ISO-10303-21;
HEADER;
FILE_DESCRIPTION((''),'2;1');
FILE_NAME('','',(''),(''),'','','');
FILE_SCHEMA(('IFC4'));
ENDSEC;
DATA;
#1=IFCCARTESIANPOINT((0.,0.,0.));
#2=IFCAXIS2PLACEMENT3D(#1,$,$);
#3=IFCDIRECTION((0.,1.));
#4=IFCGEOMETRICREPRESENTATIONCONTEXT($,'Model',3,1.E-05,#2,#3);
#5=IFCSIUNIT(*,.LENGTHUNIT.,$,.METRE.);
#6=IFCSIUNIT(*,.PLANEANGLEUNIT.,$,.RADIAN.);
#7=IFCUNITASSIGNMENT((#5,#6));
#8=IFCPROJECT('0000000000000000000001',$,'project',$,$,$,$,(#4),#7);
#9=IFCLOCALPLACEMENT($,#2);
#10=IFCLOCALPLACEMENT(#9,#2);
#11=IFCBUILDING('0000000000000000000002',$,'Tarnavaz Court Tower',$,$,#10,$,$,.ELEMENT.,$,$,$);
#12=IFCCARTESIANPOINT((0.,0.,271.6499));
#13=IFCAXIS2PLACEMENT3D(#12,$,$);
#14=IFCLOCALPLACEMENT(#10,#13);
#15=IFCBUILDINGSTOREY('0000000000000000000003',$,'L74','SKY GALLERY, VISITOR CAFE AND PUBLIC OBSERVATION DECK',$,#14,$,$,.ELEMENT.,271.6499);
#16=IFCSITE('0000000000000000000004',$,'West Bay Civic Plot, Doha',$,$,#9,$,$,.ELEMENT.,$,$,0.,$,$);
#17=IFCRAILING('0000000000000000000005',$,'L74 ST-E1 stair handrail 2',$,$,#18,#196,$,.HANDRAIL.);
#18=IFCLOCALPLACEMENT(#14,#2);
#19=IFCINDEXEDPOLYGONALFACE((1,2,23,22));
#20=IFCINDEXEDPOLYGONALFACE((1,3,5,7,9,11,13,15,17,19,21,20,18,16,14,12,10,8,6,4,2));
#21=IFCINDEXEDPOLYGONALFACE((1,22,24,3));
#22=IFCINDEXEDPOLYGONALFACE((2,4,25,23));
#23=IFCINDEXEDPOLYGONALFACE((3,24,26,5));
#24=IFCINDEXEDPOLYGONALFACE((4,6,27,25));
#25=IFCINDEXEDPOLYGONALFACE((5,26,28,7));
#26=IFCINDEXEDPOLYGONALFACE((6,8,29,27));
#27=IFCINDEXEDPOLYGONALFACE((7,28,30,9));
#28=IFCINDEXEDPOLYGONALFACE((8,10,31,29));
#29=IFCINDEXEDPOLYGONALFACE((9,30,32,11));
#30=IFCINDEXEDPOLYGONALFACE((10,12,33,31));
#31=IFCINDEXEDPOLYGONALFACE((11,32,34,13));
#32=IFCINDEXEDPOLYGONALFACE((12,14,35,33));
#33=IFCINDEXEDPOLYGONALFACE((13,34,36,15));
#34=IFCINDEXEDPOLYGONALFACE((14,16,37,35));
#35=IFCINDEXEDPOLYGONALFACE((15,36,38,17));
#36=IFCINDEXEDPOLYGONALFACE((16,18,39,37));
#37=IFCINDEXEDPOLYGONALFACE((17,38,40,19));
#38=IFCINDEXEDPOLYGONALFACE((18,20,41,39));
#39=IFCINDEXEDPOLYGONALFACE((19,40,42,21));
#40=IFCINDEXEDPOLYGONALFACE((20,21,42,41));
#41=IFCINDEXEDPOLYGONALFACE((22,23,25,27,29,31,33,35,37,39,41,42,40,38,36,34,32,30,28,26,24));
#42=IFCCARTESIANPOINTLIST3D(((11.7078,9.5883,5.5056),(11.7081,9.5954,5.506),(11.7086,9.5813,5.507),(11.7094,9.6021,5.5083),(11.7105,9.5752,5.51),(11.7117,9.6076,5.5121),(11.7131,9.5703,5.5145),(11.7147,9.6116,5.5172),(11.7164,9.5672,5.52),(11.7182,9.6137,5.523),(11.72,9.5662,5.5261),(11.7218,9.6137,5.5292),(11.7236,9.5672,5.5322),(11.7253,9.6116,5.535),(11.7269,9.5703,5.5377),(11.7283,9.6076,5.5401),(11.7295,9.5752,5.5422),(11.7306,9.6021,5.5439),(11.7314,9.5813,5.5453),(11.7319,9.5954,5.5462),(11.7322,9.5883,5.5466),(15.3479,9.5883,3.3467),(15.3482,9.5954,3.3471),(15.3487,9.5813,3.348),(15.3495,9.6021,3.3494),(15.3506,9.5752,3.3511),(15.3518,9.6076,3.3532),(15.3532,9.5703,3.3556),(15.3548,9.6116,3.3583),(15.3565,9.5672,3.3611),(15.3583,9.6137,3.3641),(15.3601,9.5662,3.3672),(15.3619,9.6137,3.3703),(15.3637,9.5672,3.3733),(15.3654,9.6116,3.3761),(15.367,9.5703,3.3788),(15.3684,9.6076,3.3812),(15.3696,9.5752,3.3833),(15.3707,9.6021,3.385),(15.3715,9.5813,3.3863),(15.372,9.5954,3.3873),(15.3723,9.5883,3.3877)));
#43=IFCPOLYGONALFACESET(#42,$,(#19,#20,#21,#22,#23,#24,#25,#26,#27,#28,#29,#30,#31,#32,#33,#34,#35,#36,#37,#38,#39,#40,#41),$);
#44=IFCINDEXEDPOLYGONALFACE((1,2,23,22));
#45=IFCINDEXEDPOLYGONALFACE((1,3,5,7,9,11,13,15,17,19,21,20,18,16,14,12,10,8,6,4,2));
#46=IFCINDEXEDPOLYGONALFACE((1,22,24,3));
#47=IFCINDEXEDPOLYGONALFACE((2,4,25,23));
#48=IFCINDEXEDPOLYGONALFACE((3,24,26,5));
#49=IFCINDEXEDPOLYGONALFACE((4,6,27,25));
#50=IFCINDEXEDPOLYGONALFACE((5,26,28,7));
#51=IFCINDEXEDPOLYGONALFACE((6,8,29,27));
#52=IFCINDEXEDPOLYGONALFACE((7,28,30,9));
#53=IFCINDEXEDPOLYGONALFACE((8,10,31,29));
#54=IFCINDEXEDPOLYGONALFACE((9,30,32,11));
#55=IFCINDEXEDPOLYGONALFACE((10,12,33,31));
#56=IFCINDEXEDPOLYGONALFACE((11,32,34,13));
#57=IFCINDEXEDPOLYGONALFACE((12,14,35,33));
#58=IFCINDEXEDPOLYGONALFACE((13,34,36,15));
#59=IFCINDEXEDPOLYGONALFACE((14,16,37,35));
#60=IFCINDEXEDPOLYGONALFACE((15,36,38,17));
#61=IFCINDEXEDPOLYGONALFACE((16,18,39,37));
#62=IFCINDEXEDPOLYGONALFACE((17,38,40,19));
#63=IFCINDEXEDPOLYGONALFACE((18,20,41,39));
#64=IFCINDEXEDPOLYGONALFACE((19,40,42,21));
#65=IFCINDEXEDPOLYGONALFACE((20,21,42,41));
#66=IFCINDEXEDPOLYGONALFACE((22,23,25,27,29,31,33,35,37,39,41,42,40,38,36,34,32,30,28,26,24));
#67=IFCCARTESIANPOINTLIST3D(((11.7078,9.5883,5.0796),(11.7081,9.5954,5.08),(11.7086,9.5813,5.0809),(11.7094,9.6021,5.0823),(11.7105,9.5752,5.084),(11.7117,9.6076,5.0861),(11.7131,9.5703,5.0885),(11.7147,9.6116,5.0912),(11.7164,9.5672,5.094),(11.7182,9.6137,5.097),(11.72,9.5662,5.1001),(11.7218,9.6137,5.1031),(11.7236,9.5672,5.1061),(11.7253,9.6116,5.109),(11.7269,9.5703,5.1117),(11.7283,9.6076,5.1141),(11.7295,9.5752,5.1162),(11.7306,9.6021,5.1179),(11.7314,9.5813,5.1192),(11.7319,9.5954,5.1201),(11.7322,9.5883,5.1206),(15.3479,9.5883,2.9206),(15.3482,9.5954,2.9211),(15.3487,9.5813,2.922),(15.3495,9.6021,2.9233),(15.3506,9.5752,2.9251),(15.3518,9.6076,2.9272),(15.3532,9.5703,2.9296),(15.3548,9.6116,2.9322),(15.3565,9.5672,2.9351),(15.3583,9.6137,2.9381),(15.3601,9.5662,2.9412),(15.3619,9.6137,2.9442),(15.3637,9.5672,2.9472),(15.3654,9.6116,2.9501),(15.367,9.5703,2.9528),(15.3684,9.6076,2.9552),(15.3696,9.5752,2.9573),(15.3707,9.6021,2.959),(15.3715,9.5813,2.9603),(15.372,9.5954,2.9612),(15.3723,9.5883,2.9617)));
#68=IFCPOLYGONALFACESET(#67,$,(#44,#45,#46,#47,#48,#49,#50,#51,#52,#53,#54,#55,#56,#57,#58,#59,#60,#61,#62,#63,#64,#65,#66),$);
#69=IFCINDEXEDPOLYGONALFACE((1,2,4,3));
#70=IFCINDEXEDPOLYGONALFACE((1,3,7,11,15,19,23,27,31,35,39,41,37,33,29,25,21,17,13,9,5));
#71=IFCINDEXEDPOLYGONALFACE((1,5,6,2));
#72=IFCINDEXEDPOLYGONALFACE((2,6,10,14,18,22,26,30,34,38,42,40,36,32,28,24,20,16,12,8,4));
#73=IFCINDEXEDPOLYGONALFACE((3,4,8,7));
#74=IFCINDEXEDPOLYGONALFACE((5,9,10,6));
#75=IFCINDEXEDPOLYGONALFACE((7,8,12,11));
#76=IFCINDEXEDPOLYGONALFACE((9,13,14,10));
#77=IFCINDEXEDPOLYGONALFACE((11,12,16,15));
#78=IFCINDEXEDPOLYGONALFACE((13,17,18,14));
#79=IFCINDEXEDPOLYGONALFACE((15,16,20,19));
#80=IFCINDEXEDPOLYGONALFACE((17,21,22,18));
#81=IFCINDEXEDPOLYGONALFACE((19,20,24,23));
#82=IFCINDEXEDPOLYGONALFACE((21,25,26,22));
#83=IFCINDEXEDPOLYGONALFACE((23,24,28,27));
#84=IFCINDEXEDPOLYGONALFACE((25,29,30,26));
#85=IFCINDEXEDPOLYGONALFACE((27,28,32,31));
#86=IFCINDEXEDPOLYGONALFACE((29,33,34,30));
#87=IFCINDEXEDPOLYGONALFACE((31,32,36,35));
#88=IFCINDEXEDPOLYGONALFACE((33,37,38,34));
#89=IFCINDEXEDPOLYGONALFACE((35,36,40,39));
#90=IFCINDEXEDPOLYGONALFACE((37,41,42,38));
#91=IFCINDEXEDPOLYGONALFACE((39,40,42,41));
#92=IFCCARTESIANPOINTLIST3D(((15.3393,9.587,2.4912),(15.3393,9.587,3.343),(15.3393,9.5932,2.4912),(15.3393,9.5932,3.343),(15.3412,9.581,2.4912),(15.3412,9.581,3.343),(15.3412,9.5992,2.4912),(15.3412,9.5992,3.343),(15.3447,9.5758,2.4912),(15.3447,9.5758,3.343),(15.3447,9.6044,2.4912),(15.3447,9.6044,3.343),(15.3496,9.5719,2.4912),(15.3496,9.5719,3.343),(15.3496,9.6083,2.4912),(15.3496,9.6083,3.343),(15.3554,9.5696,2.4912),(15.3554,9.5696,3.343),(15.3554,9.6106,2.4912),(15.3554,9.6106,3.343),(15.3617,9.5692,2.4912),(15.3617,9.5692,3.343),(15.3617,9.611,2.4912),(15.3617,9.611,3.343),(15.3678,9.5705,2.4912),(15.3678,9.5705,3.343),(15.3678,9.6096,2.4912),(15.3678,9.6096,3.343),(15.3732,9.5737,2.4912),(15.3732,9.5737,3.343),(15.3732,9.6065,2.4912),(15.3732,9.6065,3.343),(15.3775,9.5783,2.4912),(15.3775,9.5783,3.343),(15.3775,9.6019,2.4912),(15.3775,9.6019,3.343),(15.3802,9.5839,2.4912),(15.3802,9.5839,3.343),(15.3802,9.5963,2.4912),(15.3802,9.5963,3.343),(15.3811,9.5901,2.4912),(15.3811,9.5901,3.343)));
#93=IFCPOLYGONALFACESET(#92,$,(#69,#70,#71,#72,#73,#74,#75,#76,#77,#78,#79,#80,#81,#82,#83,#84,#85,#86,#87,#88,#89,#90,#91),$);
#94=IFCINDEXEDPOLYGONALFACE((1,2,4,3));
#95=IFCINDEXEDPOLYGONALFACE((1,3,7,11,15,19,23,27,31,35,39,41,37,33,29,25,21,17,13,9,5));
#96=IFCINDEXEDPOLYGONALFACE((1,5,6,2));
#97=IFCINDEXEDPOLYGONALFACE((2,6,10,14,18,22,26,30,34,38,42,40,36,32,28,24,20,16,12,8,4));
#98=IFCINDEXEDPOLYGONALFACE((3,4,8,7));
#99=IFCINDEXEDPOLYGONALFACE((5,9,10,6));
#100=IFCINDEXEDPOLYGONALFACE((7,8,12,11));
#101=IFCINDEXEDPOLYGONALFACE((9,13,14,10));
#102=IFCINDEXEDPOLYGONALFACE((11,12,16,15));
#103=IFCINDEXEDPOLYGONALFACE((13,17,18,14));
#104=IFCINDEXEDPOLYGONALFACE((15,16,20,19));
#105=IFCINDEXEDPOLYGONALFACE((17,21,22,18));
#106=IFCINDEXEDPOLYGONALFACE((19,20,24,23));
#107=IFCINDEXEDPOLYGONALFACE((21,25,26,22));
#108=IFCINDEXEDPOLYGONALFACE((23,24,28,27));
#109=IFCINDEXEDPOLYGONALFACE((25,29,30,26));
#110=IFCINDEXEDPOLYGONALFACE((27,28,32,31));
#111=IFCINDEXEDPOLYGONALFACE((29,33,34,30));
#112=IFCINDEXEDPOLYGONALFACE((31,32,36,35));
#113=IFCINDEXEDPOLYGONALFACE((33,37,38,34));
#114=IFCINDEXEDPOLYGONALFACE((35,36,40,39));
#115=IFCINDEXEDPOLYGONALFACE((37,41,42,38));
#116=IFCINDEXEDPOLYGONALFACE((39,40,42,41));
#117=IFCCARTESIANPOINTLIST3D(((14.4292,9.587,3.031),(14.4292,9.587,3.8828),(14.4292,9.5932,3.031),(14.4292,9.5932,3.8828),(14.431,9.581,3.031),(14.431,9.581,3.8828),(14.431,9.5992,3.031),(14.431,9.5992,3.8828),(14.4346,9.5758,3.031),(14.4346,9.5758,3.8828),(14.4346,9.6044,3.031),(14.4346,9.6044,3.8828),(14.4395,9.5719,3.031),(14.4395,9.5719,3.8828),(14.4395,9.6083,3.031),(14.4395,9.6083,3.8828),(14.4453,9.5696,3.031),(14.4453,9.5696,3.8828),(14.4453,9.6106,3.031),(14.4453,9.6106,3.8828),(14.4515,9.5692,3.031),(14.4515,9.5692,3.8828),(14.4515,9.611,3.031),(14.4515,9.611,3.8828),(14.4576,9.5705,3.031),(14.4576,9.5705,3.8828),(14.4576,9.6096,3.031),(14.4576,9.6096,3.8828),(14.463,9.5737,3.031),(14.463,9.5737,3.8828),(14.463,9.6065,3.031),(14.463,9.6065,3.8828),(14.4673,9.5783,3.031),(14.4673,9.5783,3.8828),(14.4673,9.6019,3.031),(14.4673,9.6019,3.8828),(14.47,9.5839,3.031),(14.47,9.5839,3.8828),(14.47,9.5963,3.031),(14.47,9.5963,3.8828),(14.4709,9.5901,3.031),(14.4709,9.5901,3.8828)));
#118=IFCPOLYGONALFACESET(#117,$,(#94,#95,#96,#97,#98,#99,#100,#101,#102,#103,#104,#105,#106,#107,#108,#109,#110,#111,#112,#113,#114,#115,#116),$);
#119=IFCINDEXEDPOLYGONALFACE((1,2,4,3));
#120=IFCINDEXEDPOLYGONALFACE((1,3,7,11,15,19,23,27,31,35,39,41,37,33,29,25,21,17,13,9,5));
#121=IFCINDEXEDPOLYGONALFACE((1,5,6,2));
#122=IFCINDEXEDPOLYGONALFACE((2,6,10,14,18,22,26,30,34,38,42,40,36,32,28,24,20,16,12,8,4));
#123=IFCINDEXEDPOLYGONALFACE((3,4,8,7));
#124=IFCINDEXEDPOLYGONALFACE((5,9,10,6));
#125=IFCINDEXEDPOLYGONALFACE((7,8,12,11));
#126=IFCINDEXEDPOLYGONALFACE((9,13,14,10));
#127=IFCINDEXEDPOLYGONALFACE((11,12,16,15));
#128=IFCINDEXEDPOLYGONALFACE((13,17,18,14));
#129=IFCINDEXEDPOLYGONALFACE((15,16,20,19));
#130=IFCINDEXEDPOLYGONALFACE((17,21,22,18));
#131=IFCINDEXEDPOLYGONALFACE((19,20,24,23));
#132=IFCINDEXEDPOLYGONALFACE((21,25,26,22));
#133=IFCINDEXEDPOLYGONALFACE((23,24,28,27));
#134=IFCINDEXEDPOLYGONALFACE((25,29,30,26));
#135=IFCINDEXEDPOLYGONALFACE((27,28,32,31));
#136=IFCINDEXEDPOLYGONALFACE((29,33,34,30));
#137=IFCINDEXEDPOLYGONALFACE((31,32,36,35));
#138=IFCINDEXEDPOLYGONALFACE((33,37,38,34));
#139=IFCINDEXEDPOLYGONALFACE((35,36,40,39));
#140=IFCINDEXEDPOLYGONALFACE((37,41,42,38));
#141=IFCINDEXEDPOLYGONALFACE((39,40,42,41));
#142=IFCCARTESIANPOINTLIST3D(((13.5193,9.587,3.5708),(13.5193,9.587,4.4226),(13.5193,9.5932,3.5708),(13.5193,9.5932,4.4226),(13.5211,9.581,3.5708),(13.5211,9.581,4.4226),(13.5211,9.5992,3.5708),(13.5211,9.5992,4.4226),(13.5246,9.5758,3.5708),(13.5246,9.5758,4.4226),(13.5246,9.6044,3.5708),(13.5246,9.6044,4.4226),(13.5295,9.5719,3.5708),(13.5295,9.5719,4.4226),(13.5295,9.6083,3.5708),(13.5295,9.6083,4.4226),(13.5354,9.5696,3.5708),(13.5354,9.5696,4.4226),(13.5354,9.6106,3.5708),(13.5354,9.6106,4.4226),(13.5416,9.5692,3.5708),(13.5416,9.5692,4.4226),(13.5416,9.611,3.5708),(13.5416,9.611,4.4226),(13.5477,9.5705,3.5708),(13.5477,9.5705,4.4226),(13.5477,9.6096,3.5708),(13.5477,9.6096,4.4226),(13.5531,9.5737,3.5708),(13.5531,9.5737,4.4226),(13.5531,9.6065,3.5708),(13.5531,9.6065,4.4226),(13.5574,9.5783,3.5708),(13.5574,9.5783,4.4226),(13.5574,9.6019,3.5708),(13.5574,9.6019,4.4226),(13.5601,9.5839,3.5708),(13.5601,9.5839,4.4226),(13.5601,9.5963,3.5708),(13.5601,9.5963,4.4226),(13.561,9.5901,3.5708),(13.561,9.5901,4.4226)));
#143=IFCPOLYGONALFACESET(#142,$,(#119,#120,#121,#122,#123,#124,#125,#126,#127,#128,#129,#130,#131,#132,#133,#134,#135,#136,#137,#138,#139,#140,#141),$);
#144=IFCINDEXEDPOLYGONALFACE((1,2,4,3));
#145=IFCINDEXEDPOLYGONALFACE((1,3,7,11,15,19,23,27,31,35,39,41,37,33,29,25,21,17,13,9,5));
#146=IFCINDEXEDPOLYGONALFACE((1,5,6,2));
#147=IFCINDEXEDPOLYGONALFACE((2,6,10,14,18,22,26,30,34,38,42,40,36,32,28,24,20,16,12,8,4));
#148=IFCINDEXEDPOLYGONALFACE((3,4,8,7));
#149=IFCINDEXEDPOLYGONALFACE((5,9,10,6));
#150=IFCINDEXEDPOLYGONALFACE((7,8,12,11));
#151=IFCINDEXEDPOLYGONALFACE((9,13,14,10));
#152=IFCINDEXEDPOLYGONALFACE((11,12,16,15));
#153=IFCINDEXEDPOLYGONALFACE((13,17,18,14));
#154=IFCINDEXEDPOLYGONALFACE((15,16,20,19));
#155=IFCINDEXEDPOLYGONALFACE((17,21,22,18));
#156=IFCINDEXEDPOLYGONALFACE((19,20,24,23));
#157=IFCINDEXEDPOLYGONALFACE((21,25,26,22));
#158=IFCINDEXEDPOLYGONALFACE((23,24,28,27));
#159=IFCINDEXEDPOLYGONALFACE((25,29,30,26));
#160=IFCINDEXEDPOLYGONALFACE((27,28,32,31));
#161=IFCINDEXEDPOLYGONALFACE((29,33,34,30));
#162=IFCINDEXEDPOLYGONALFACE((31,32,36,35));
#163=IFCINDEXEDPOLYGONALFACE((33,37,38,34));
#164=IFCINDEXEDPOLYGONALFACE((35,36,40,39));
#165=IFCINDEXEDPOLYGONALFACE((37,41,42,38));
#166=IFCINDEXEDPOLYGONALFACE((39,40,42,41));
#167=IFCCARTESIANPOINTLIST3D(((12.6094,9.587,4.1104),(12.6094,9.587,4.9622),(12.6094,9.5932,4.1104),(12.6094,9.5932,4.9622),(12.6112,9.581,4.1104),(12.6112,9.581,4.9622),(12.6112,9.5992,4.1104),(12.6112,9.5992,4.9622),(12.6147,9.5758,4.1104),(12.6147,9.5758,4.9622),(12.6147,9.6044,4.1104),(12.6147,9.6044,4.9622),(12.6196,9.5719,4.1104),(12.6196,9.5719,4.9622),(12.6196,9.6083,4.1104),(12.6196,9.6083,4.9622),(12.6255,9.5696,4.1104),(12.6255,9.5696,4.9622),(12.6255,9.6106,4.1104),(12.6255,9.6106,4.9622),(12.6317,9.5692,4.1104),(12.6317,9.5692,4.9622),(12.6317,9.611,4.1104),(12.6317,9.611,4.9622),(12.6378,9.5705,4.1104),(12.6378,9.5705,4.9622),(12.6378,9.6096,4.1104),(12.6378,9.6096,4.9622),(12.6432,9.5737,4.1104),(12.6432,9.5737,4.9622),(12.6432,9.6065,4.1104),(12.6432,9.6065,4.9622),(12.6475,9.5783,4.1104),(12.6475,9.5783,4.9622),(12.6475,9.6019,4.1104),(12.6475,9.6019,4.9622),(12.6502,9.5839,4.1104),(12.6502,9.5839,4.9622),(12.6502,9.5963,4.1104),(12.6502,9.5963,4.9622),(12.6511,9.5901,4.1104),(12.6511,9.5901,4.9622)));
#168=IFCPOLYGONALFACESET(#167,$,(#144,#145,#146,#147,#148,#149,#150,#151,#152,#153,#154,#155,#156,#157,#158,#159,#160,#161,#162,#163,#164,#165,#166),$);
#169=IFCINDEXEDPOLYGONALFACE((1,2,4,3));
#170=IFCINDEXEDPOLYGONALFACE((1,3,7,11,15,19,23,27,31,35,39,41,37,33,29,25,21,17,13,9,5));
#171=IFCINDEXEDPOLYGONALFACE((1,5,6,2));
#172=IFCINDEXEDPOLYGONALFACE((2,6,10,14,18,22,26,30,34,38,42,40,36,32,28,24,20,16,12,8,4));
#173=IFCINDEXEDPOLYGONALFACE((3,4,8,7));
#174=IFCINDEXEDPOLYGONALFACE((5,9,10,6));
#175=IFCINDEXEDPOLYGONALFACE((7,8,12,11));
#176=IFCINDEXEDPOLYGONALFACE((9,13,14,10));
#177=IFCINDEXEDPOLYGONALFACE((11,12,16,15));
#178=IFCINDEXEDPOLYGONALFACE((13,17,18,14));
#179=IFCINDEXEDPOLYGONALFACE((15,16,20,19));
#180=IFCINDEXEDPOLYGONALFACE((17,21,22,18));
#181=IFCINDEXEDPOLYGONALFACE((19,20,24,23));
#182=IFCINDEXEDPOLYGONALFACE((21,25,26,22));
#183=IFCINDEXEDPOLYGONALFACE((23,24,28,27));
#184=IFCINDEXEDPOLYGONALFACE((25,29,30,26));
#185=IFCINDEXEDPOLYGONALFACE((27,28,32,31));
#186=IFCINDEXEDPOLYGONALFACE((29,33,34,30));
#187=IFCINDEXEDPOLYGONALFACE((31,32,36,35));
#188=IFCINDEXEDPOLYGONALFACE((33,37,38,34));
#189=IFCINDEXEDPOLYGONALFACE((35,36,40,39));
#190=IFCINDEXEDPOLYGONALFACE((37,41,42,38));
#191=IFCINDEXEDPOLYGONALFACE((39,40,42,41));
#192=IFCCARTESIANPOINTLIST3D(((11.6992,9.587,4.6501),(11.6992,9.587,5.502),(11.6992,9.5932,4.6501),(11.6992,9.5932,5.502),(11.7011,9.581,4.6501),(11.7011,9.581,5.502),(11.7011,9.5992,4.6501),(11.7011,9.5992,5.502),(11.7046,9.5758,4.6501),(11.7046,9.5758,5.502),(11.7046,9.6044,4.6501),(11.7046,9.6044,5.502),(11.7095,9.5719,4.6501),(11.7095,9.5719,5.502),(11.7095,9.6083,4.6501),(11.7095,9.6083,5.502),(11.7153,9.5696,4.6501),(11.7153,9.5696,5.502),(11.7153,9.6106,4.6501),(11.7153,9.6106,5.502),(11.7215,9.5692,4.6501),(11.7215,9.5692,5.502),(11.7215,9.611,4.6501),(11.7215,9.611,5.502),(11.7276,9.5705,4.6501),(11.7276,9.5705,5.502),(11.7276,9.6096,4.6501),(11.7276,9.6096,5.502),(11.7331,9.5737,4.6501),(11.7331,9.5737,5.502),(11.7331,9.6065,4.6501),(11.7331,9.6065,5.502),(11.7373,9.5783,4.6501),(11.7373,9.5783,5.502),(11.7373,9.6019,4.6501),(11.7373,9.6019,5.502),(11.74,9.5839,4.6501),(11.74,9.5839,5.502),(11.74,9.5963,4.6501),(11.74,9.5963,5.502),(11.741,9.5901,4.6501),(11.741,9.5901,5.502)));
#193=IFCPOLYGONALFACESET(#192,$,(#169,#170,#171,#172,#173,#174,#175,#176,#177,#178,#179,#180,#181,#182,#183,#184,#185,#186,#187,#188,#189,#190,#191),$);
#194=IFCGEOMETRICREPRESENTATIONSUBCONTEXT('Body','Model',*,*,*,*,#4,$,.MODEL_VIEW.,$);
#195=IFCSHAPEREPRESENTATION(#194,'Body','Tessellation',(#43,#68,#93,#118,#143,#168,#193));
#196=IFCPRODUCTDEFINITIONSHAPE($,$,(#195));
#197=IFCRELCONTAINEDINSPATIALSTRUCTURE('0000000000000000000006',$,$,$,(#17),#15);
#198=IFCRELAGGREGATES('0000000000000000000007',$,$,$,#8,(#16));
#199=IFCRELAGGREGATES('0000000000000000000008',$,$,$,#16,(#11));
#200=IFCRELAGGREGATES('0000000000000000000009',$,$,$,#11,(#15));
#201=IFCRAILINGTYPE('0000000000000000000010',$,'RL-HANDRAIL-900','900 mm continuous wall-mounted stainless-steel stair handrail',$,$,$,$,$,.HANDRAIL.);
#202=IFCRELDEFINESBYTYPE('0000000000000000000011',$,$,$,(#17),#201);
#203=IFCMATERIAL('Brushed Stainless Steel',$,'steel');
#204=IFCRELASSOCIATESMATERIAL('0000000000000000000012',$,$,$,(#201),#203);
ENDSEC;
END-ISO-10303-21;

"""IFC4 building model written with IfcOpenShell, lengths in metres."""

from ifc_helpers import new_model, si_unit, direction, frame, origin, origin_2d, place, context, subcontext, project, spatial, circle, extrude, material, type_object, element, save


model = new_model("IFC4")

# Units and contexts
model_context = context("Model", 3, precision=1e-05, world=origin(), true_north=direction((0.0, 1.0)))
body_context = subcontext(model_context, "Body", "Model", "MODEL_VIEW")
ifc_project = project(units=[si_unit("LENGTHUNIT", "METRE"), si_unit("PLANEANGLEUNIT", "RADIAN")], contexts=[model_context])

# Site, building, storey
site_placement = place(None, origin())
site = spatial("IfcSite", under=ifc_project, at=site_placement, Name="West Bay Civic Plot, Doha", CompositionType="ELEMENT", RefElevation=0.0)
building_placement = place(site_placement, origin())
building = spatial("IfcBuilding", under=site, at=building_placement, Name="Tarnavaz Court Tower", CompositionType="ELEMENT")
storey_placement = place(building_placement, frame((0.0, 0.0, 271.6499)))
storey = spatial("IfcBuildingStorey", under=building, at=storey_placement, Name="L74", Description="SKY GALLERY, VISITOR CAFE AND PUBLIC OBSERVATION DECK", CompositionType="ELEMENT", Elevation=271.6499)

# Railing
ifc_material_1 = material(Name="Brushed Stainless Steel", Category="steel")
railing_type_1 = type_object("IfcRailingType", Name="RL-HANDRAIL-900", Description="900 mm continuous wall-mounted stainless-steel stair handrail", PredefinedType="HANDRAIL", material=ifc_material_1)
railing_1_placement = place(storey_placement, frame((15.3601, 9.5901, 2.4912)))
element("IfcRailing", 1, at=railing_1_placement, inside=storey, type_object=railing_type_1, Name="L74 ST-E1 stair handrail 2", PredefinedType="HANDRAIL", context=body_context, shape_type="SweptSolid", body=[
    extrude(circle(Radius=0.0239, at=origin_2d()), frame((0.0, 0.0, 0.876), z_axis=(-0.860103, 0.0, 0.51012), x_axis=(0.0, -1.0, 0.0)), (0.0, 0.0, 1.0), 4.2322),
    extrude(circle(Radius=0.0239, at=origin_2d()), frame((0.0, 0.0, 0.45), z_axis=(-0.860103, 0.0, 0.51012), x_axis=(0.0, -1.0, 0.0)), (0.0, 0.0, 1.0), 4.2322),
    extrude(circle(Radius=0.021, at=origin_2d()), origin(), (0.0, 0.0, 1.0), 0.8518),
    extrude(circle(Radius=0.021, at=origin_2d()), frame((-0.9102, 0.0, 0.5398)), (0.0, 0.0, 1.0), 0.8518),
    extrude(circle(Radius=0.021, at=origin_2d()), frame((-1.8201, 0.0, 1.0796)), (0.0, 0.0, 1.0), 0.8518),
    extrude(circle(Radius=0.021, at=origin_2d()), frame((-2.73, 0.0, 1.6191)), (0.0, 0.0, 1.0), 0.8518),
    extrude(circle(Radius=0.021, at=origin_2d()), frame((-3.6401, 0.0, 2.1589)), (0.0, 0.0, 1.0), 0.8518),
])

save(model, "model.ifc")
